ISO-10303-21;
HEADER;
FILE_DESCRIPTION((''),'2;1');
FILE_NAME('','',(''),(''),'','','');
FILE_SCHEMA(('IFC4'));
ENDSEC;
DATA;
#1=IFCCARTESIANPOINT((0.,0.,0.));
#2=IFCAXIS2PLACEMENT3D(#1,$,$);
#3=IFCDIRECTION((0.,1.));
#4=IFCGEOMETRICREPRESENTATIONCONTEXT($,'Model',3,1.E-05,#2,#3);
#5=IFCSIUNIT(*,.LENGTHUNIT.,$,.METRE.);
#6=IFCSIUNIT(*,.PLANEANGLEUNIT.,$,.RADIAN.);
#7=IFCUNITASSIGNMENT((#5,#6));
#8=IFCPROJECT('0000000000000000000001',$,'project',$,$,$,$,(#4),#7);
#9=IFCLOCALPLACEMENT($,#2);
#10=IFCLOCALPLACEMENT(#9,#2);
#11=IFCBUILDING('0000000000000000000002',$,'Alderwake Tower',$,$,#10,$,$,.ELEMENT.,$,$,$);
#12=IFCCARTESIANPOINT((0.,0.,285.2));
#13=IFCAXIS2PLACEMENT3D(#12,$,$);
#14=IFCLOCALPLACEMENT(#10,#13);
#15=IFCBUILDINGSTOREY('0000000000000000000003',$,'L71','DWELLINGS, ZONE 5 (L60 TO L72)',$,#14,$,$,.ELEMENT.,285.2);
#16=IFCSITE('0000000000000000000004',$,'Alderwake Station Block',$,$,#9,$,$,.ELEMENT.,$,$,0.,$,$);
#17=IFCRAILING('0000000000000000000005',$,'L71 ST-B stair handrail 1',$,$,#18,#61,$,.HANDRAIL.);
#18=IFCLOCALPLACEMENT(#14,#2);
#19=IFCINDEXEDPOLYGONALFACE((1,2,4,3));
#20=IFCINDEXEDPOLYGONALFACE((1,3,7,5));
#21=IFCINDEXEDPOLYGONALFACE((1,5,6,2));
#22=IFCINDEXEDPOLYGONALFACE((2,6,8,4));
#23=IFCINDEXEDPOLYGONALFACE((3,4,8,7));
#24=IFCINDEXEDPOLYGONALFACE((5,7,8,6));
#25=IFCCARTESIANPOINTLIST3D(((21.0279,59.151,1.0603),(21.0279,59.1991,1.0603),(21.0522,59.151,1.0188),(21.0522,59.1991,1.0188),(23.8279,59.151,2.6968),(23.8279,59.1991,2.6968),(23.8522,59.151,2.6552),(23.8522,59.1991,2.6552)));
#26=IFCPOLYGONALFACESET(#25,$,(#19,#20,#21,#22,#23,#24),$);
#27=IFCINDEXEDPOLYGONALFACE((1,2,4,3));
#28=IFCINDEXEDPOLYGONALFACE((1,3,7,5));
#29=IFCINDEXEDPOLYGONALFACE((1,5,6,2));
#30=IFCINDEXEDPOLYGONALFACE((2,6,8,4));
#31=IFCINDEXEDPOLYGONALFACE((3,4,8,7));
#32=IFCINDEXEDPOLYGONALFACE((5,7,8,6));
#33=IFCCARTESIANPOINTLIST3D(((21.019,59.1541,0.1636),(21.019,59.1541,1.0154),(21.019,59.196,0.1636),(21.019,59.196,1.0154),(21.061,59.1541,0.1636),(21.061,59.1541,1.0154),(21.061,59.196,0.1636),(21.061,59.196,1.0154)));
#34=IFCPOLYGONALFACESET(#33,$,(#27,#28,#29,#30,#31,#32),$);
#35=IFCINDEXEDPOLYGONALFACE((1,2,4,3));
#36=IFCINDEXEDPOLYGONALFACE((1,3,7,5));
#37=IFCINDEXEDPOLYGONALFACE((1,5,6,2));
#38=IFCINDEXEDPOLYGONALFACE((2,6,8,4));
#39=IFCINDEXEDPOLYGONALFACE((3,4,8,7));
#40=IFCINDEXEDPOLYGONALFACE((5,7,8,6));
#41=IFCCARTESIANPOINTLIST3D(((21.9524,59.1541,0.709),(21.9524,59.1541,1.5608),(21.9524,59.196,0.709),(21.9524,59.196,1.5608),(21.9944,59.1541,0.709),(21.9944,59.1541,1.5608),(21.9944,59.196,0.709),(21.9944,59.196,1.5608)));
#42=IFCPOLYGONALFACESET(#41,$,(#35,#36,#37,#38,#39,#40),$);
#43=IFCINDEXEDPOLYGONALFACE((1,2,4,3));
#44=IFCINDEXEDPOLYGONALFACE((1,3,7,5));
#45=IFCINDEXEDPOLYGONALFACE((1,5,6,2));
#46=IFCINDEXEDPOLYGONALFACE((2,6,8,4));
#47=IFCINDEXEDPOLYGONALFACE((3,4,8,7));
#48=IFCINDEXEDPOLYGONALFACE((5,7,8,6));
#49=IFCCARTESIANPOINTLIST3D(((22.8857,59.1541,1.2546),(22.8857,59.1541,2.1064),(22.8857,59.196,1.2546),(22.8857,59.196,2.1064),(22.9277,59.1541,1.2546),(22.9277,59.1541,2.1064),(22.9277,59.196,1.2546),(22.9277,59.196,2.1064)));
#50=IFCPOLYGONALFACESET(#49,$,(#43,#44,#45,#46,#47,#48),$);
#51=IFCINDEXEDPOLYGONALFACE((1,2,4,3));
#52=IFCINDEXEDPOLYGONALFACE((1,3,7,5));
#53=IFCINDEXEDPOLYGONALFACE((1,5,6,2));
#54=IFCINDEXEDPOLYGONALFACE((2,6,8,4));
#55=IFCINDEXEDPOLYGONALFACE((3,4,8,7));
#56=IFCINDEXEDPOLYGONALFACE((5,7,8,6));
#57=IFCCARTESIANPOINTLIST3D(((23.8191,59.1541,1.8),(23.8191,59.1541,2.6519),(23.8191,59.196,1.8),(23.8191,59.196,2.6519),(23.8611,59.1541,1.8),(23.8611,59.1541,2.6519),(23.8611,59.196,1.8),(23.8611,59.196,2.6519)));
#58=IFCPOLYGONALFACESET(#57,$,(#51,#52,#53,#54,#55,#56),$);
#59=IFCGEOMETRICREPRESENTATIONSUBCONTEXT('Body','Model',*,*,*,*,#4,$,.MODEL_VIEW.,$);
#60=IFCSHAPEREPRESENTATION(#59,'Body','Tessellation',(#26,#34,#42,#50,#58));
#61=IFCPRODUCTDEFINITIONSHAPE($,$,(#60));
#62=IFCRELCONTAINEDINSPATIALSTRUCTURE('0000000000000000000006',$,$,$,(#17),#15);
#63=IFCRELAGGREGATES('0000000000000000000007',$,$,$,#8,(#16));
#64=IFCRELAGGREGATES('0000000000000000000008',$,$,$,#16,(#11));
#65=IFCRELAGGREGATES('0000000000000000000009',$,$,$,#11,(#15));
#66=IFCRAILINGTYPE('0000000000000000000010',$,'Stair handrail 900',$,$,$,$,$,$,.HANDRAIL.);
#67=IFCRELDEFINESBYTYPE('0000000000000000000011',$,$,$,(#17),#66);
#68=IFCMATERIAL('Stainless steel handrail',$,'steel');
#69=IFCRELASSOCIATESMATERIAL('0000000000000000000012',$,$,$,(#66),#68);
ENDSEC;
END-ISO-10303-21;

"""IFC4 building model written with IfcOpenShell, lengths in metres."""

from ifc_helpers import new_model, si_unit, direction, frame, origin, origin_with_axes, origin_2d, place, context, subcontext, project, spatial, rectangle, extrude, material, type_object, element, save


model = new_model("IFC4")

# Units and contexts
model_context = context("Model", 3, precision=1e-05, world=origin(), true_north=direction((0.0, 1.0)))
body_context = subcontext(model_context, "Body", "Model", "MODEL_VIEW")
ifc_project = project(units=[si_unit("LENGTHUNIT", "METRE"), si_unit("PLANEANGLEUNIT", "RADIAN")], contexts=[model_context])

# Site, building, storey
site_placement = place(None, origin())
site = spatial("IfcSite", under=ifc_project, at=site_placement, Name="Alderwake Station Block", CompositionType="ELEMENT", RefElevation=0.0)
building_placement = place(site_placement, origin())
building = spatial("IfcBuilding", under=site, at=building_placement, Name="Alderwake Tower", CompositionType="ELEMENT")
storey_placement = place(building_placement, frame((0.0, 0.0, 285.2)))
storey = spatial("IfcBuildingStorey", under=building, at=storey_placement, Name="L71", Description="DWELLINGS, ZONE 5 (L60 TO L72)", CompositionType="ELEMENT", Elevation=285.2)

# Railing
ifc_material_1 = material(Name="Stainless steel handrail", Category="steel")
railing_type_1 = type_object("IfcRailingType", Name="Stair handrail 900", PredefinedType="HANDRAIL", material=ifc_material_1)
railing_1_placement = place(storey_placement, frame((21.04, 59.175, 0.1636)))
element("IfcRailing", 1, at=railing_1_placement, inside=storey, type_object=railing_type_1, Name="L71 ST-B stair handrail 1", PredefinedType="HANDRAIL", context=body_context, shape_type="SweptSolid", body=[
    extrude(rectangle(XDim=0.0481, YDim=0.0481, at=origin_2d()), frame((0.0, 0.0, 0.876), z_axis=(0.863361, 0.0, 0.504587), x_axis=(0.0, 1.0, 0.0)), (0.0, 0.0, 1.0), 3.2432),
    extrude(rectangle(XDim=0.042, YDim=0.042, at=origin_2d()), origin_with_axes(), (0.0, 0.0, 1.0), 0.8518),
    extrude(rectangle(XDim=0.042, YDim=0.042, at=origin_2d()), frame((0.9333, 0.0, 0.5454), z_axis=(0.0, 0.0, 1.0), x_axis=(1.0, 0.0, 0.0)), (0.0, 0.0, 1.0), 0.8518),
    extrude(rectangle(XDim=0.042, YDim=0.042, at=origin_2d()), frame((1.8667, 0.0, 1.0911), z_axis=(0.0, 0.0, 1.0), x_axis=(1.0, 0.0, 0.0)), (0.0, 0.0, 1.0), 0.8518),
    extrude(rectangle(XDim=0.042, YDim=0.042, at=origin_2d()), frame((2.8, 0.0, 1.6365), z_axis=(0.0, 0.0, 1.0), x_axis=(1.0, 0.0, 0.0)), (0.0, 0.0, 1.0), 0.8518),
])

save(model, "model.ifc")
